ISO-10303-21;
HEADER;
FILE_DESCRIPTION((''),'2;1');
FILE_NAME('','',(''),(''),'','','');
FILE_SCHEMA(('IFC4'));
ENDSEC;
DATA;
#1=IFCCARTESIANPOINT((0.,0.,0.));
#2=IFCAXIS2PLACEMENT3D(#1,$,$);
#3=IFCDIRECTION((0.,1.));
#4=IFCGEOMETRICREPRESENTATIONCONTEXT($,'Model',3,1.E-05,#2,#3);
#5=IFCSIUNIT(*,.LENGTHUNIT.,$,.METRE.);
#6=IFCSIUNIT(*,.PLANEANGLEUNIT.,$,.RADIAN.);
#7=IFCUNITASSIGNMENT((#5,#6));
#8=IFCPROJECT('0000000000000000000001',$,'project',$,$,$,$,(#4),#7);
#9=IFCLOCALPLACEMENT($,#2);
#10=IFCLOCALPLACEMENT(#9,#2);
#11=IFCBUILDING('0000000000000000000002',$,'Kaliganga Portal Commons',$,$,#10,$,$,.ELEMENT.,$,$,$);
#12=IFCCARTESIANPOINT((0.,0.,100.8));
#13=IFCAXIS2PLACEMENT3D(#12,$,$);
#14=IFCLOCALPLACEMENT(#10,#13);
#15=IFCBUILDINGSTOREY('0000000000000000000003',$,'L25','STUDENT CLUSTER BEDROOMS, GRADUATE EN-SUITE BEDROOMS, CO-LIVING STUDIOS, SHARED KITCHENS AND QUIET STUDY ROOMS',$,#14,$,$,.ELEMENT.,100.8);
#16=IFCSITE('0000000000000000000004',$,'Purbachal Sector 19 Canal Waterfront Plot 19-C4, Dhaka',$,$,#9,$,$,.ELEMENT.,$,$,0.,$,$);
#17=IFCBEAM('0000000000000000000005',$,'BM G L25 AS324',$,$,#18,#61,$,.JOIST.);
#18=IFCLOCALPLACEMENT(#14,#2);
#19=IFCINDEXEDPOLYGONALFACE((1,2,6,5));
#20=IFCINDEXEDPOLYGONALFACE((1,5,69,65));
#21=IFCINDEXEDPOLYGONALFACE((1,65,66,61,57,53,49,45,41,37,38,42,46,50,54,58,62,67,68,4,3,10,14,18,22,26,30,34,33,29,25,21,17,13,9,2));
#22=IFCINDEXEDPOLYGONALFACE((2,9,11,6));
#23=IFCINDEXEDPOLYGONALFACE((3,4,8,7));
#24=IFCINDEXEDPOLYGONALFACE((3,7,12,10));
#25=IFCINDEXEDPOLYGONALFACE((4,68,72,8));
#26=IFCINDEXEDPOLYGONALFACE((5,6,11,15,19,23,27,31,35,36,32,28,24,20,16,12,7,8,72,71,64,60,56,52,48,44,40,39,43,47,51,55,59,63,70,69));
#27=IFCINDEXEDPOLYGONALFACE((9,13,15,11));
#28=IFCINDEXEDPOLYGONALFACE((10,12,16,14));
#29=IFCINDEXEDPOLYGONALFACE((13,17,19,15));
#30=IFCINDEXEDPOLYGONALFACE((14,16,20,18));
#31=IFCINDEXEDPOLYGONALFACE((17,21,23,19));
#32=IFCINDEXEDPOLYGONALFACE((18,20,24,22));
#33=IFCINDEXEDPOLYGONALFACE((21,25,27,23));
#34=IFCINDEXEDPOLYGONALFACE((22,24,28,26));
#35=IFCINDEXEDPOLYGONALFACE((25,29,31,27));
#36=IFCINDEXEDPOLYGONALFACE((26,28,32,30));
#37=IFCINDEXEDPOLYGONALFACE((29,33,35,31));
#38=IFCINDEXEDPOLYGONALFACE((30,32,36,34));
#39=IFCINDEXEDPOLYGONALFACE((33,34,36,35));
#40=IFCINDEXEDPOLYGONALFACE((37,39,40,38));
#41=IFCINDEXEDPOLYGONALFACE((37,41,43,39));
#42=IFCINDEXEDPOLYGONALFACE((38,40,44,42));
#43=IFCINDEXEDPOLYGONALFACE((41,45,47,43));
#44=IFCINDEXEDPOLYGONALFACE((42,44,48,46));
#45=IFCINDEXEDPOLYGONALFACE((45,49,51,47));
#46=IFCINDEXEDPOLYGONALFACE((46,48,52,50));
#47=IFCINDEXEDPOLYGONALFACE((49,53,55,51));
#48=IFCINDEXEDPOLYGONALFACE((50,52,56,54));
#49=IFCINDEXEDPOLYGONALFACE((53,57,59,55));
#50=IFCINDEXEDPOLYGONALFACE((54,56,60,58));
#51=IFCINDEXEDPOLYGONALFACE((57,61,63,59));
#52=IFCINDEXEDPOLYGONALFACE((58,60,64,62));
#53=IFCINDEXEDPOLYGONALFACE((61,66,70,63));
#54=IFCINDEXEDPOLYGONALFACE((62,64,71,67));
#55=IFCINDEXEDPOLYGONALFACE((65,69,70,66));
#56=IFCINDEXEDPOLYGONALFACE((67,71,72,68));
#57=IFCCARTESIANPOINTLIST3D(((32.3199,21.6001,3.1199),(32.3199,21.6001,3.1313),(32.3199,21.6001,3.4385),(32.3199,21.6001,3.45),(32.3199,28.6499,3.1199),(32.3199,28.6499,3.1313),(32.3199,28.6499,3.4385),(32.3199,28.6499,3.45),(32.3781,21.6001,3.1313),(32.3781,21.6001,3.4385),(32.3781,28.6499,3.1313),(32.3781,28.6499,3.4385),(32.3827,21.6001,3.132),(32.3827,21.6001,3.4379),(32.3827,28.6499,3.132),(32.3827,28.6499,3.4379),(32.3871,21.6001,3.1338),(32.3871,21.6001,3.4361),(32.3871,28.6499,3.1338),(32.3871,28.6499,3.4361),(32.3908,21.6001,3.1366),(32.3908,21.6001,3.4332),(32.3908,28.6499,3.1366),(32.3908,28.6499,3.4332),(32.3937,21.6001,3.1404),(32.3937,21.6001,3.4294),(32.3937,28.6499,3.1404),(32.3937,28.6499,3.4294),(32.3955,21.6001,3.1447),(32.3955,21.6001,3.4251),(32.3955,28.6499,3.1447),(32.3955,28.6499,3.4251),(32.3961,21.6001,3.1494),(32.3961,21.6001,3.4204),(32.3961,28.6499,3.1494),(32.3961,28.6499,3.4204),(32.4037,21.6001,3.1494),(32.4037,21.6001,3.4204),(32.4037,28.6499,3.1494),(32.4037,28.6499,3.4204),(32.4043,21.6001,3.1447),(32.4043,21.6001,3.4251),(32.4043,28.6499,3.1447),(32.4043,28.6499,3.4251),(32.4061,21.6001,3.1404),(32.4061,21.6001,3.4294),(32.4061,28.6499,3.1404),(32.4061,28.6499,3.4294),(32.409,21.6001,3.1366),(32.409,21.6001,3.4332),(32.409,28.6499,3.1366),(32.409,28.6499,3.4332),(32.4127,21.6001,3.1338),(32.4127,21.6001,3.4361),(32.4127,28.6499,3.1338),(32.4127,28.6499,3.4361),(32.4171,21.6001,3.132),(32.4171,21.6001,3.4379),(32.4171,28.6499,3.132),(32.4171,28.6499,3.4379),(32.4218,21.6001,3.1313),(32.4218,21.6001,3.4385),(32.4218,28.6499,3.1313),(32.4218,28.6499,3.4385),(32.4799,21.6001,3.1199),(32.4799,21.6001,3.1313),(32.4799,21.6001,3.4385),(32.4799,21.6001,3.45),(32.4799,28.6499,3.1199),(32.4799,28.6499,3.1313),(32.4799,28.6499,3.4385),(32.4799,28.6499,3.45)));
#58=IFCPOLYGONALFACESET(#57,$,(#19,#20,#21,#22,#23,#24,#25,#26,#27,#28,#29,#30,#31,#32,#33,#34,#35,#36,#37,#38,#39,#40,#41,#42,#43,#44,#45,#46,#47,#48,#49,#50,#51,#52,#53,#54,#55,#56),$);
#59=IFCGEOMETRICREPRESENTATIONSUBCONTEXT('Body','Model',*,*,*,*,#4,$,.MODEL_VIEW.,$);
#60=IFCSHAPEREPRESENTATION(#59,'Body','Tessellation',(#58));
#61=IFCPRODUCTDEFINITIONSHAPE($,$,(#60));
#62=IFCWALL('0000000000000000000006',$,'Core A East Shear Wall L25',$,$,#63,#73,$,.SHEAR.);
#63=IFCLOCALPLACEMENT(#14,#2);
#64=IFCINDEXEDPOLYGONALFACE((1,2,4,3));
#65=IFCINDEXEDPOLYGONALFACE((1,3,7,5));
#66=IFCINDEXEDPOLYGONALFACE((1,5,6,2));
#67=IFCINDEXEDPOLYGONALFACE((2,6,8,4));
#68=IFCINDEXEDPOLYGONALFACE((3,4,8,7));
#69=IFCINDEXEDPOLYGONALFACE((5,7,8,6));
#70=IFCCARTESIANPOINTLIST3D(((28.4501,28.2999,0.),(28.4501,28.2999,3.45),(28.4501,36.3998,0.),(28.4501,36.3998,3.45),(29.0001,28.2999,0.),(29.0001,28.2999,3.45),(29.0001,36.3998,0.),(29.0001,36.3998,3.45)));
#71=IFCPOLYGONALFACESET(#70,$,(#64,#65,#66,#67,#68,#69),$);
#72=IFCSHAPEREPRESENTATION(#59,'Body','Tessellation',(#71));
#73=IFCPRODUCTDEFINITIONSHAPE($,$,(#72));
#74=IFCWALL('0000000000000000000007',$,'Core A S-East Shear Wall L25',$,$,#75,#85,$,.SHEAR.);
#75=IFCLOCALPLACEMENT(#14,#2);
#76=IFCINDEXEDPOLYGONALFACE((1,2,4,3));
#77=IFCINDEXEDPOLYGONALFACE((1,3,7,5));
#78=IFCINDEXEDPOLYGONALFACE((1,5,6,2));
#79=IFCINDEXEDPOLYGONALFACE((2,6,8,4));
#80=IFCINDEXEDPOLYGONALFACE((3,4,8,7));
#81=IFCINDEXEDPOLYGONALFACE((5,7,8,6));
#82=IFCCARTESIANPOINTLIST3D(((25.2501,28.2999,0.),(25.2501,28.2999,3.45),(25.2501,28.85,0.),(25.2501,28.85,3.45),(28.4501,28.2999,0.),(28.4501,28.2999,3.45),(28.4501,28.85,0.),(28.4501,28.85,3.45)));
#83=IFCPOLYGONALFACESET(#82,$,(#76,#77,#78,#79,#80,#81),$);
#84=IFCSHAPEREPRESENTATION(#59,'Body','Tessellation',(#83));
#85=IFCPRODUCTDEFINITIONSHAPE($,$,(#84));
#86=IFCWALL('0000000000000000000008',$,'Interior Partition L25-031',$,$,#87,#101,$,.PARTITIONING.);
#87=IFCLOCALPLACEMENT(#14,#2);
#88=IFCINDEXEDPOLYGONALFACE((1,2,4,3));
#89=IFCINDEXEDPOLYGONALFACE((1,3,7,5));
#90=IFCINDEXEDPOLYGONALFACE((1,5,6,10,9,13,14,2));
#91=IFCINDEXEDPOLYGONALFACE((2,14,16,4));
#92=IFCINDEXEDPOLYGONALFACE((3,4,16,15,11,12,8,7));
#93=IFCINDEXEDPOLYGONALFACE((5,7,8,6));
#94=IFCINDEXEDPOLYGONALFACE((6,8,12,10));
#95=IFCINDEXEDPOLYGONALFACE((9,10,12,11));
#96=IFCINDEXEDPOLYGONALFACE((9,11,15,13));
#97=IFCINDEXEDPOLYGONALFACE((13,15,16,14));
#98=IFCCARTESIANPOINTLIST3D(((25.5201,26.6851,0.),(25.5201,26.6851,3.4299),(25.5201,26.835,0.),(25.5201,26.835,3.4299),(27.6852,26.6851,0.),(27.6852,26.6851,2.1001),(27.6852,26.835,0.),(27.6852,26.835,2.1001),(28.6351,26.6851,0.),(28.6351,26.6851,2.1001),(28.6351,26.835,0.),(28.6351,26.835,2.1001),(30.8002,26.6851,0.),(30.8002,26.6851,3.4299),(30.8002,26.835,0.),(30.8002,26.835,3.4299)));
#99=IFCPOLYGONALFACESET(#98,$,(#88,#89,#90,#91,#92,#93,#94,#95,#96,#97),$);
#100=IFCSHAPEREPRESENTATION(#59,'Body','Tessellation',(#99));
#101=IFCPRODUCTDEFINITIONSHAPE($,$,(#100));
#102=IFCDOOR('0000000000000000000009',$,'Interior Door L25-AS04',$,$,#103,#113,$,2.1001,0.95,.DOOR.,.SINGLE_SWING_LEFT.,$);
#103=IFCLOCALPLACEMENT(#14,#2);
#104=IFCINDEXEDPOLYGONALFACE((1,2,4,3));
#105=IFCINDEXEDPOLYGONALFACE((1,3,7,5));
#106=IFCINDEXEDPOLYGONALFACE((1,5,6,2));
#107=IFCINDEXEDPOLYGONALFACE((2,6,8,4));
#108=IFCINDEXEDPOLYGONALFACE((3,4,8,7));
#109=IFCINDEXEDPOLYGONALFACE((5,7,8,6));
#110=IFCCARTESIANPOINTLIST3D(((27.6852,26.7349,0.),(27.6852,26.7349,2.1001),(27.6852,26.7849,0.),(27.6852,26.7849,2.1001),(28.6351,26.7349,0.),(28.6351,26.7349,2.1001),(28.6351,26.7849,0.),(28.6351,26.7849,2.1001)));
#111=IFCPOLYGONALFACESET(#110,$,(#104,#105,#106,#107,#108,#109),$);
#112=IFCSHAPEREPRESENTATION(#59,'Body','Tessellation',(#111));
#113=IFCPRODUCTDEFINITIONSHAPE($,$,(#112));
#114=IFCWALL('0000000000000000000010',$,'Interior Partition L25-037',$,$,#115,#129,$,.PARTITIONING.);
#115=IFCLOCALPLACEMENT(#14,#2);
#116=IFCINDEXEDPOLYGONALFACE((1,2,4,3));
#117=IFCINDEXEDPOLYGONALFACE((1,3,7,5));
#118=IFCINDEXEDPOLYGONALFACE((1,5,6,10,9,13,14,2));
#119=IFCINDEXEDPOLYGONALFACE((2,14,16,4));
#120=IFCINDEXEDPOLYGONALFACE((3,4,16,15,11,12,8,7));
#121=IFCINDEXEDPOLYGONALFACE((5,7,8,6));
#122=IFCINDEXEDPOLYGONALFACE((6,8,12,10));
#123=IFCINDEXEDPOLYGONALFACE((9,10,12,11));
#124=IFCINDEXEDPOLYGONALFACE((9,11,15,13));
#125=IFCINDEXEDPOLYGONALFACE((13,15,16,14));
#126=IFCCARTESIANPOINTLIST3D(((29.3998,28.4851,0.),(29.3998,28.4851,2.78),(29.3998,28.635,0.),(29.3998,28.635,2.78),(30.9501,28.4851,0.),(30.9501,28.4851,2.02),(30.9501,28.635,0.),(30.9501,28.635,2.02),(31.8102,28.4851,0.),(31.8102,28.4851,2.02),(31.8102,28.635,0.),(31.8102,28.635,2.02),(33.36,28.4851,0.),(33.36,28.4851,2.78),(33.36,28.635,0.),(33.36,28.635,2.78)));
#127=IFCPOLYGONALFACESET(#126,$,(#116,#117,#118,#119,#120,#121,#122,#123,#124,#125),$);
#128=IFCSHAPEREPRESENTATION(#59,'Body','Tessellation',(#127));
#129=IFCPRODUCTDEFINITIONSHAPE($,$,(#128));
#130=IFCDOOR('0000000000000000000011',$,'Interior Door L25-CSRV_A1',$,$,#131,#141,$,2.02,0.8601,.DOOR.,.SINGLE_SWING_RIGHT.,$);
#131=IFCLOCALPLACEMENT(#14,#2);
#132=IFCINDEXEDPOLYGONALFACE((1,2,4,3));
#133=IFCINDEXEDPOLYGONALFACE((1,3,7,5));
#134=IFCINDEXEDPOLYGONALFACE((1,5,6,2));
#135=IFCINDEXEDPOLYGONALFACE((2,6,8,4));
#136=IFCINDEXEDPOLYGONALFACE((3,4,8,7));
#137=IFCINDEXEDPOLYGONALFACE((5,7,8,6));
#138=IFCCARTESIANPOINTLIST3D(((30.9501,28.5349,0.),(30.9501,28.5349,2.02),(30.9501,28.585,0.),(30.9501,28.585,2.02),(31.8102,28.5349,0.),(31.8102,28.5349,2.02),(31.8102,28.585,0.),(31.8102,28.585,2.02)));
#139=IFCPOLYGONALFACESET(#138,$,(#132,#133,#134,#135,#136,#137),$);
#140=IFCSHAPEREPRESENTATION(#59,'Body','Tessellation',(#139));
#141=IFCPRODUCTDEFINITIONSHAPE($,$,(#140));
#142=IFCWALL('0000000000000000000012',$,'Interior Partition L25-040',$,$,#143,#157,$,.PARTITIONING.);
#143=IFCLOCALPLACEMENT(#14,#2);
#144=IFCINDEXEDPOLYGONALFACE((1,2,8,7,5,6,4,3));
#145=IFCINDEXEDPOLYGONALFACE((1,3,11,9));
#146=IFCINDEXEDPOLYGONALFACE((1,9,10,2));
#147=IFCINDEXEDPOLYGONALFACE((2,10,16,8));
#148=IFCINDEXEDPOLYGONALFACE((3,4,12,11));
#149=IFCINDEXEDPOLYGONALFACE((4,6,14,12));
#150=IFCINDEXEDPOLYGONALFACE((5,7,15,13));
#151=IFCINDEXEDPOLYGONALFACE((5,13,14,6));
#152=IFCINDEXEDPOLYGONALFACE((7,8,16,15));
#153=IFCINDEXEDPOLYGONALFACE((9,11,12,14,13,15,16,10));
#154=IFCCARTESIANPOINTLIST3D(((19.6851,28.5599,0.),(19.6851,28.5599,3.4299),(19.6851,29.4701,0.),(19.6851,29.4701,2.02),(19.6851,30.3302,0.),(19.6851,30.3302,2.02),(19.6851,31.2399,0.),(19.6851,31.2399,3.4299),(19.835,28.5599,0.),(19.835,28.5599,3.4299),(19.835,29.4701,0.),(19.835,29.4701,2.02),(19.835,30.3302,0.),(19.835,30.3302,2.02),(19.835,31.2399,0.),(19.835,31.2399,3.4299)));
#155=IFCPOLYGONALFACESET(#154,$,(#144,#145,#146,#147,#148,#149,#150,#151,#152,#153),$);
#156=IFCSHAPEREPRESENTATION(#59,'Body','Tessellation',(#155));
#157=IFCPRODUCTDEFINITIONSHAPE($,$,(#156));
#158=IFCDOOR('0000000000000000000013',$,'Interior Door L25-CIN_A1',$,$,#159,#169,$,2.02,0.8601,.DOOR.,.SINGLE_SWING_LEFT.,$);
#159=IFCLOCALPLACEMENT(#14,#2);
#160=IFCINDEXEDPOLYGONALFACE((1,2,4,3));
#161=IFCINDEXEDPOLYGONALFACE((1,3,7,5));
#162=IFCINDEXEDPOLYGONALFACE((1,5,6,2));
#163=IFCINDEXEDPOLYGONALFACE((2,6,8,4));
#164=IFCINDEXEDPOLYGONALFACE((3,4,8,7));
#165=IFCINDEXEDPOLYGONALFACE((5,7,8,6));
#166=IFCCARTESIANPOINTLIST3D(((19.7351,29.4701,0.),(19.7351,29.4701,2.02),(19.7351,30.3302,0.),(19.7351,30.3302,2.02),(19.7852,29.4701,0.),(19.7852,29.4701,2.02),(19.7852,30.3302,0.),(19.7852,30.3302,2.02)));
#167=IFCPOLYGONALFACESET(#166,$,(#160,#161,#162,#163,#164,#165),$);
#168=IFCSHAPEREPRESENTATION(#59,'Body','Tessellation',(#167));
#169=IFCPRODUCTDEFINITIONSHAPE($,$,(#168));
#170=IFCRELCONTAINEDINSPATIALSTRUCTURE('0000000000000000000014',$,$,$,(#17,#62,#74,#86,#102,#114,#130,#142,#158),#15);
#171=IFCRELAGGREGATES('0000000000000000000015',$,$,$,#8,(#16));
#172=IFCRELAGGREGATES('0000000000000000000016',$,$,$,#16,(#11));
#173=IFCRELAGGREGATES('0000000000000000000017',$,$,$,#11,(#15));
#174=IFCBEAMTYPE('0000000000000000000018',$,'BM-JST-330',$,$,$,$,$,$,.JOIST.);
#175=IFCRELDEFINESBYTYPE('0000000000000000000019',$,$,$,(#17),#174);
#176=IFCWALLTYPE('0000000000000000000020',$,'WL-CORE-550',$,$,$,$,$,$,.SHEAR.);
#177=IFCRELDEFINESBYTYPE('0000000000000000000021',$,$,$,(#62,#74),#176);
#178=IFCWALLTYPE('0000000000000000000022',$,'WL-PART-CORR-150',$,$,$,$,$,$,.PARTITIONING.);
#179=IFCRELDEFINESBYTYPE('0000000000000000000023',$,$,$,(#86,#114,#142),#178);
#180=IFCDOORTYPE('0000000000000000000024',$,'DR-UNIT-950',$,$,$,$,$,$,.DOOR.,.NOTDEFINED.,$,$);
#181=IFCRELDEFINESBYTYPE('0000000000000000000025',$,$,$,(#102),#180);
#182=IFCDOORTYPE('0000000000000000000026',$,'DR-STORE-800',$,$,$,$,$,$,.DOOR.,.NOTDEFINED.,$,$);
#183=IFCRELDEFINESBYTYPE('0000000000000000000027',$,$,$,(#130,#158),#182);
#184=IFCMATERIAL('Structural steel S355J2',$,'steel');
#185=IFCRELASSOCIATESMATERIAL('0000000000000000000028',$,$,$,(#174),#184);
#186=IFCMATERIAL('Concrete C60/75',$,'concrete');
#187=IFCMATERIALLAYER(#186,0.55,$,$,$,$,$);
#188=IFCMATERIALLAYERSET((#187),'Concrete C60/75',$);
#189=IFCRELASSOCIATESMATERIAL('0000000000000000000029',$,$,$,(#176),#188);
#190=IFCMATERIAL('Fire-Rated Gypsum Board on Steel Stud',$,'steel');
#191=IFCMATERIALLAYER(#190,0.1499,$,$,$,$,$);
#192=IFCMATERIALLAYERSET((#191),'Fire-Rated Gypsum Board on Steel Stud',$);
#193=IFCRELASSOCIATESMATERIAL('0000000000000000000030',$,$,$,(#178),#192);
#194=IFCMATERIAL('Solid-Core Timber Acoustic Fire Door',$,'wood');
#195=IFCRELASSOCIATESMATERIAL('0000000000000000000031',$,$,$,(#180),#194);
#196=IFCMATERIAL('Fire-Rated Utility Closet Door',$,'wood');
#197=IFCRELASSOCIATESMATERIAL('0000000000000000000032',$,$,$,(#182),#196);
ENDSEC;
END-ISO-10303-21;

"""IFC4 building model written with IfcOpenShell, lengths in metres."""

from ifc_helpers import new_model, si_unit, direction, frame, frame_2d, origin, origin_2d, place, context, subcontext, project, spatial, rectangle, i_section, extrude, source, transform, mapped, material, layer, layer_set, material_profile, profile_set, type_object, element, fill, save


model = new_model("IFC4")

# Units and contexts
model_context = context("Model", 3, precision=1e-05, world=origin(), true_north=direction((0.0, 1.0)))
body_context = subcontext(model_context, "Body", "Model", "MODEL_VIEW")
ifc_project = project(units=[si_unit("LENGTHUNIT", "METRE"), si_unit("PLANEANGLEUNIT", "RADIAN")], contexts=[model_context])

# Site, building, storey
site_placement = place(None, origin())
site = spatial("IfcSite", under=ifc_project, at=site_placement, Name="Purbachal Sector 19 Canal Waterfront Plot 19-C4, Dhaka", CompositionType="ELEMENT", RefElevation=0.0)
building_placement = place(site_placement, origin())
building = spatial("IfcBuilding", under=site, at=building_placement, Name="Kaliganga Portal Commons", CompositionType="ELEMENT")
storey_placement = place(building_placement, frame((0.0, 0.0, 100.8)))
storey = spatial("IfcBuildingStorey", under=building, at=storey_placement, Name="L25", Description="STUDENT CLUSTER BEDROOMS, GRADUATE EN-SUITE BEDROOMS, CO-LIVING STUDIOS, SHARED KITCHENS AND QUIET STUDY ROOMS", CompositionType="ELEMENT", Elevation=100.8)

# Shared definitions
ifc_material_1 = material(Name="Concrete C60/75", Category="concrete")

# Beam
ifc_material_2 = material(Name="Structural steel S355J2", Category="steel")
ifc_material_profile_1 = material_profile(ifc_material_2, i_section(OverallWidth=0.1599, OverallDepth=0.3301, WebThickness=0.0076, FlangeThickness=0.0115, FilletRadius=0.0181, at=origin_2d()), Name="IPE 330")
ifc_profile_set_1 = profile_set([ifc_material_profile_1], Name="Structural steel S355J2 wide-flange")
beam_type_1 = type_object("IfcBeamType", Name="BM-JST-330", PredefinedType="JOIST", material=ifc_profile_set_1)
shared_shape_1 = source(origin(), body_context, "Body", "SweptSolid", [
    extrude(i_section(OverallWidth=0.1599, OverallDepth=0.3301, WebThickness=0.0076, FlangeThickness=0.0115, FilletRadius=0.0181, at=origin_2d()), origin(), (0.0, 0.0, 1.0), 7.0498),
])
beam_1_placement = place(storey_placement, frame((32.3999, 21.6001, 3.2849), z_axis=(0.0, 1.0, 0.0), x_axis=(-1.0, 0.0, 0.0)))
element("IfcBeam", 1, at=beam_1_placement, inside=storey, type_object=beam_type_1, Name="BM G L25 AS324", PredefinedType="JOIST", context=body_context, shape_type="MappedRepresentation", body=[
    mapped(shared_shape_1, transform((0.0, 0.0, 0.0), x_axis=(1.0, 0.0, 0.0), y_axis=(0.0, 1.0, 0.0), z_axis=(0.0, 0.0, 1.0), scale=1.0)),
])

# Walls
ifc_layer_1 = layer(ifc_material_1, 0.55)
ifc_layer_set_1 = layer_set([ifc_layer_1], Name="Concrete C60/75")
wall_type_1 = type_object("IfcWallType", Name="WL-CORE-550", PredefinedType="SHEAR", material=ifc_layer_set_1)
wall_1_placement = place(storey_placement, frame((28.7251, 28.3, 0.0), z_axis=(0.0, 0.0, 1.0), x_axis=(0.0, 1.0, 0.0)))
element("IfcWall", 2, at=wall_1_placement, inside=storey, type_object=wall_type_1, Name="Core A East Shear Wall L25", PredefinedType="SHEAR", context=body_context, shape_type="SweptSolid", body=[
    extrude(rectangle(XDim=8.0999, YDim=0.55, at=frame_2d((4.0498, 0.0))), origin(), (0.0, 0.0, 1.0), 3.45),
])
wall_2_placement = place(storey_placement, frame((25.25, 28.575, 0.0), z_axis=(0.0, 0.0, 1.0), x_axis=(1.0, 0.0, 0.0)))
element("IfcWall", 3, at=wall_2_placement, inside=storey, type_object=wall_type_1, Name="Core A S-East Shear Wall L25", PredefinedType="SHEAR", context=body_context, shape_type="SweptSolid", body=[
    extrude(rectangle(XDim=3.2, YDim=0.55, at=frame_2d((1.6001, 0.0))), origin(), (0.0, 0.0, 1.0), 3.45),
])

# Walls, openings, doors
ifc_material_3 = material(Name="Fire-Rated Gypsum Board on Steel Stud", Category="steel")
ifc_layer_2 = layer(ifc_material_3, 0.1499)
ifc_layer_set_2 = layer_set([ifc_layer_2], Name="Fire-Rated Gypsum Board on Steel Stud")
wall_type_2 = type_object("IfcWallType", Name="WL-PART-CORR-150", PredefinedType="PARTITIONING", material=ifc_layer_set_2)
wall_3_placement = place(storey_placement, frame((25.52, 26.76, 0.0), z_axis=(0.0, 0.0, 1.0), x_axis=(1.0, 0.0, 0.0)))
wall_3 = element("IfcWall", 4, at=wall_3_placement, inside=storey, type_object=wall_type_2, Name="Interior Partition L25-031", PredefinedType="PARTITIONING", context=body_context, shape_type="SweptSolid", body=[
    extrude(rectangle(XDim=5.28, YDim=0.1499, at=frame_2d((2.6401, 0.0))), origin(), (0.0, 0.0, 1.0), 3.4299),
])
opening_1_placement = place(wall_3_placement, frame((2.165, 0.0, 0.0)))
opening_1 = element("IfcOpeningElement", 5, at=opening_1_placement, cuts=wall_3, PredefinedType="OPENING", context=body_context, shape_type="SweptSolid", body=[
    extrude(rectangle(XDim=0.95, YDim=2.1001, at=frame_2d((0.4751, 1.05))), frame((0.0, 0.085, 0.0), z_axis=(0.0, -1.0, 0.0), x_axis=(1.0, 0.0, 0.0)), (0.0, 0.0, 1.0), 0.1699),
])
ifc_material_4 = material(Name="Solid-Core Timber Acoustic Fire Door", Category="wood")
door_type_1 = type_object("IfcDoorType", Name="DR-UNIT-950", OperationType="NOTDEFINED", PredefinedType="DOOR", material=ifc_material_4)
door_1_placement = place(opening_1_placement, origin())
door_1 = element("IfcDoor", 6, at=door_1_placement, inside=storey, type_object=door_type_1, Name="Interior Door L25-AS04", OperationType="SINGLE_SWING_LEFT", OverallHeight=2.1001, OverallWidth=0.95, PredefinedType="DOOR", context=body_context, shape_type="SweptSolid", body=[
    extrude(rectangle(XDim=0.95, YDim=2.1001, at=frame_2d((0.4751, 1.05))), frame((0.0, 0.0249, 0.0), z_axis=(0.0, -1.0, 0.0), x_axis=(1.0, 0.0, 0.0)), (0.0, 0.0, 1.0), 0.05),
])
fill(opening_1, door_1)
wall_4_placement = place(storey_placement, frame((29.3999, 28.5601, 0.0), z_axis=(0.0, 0.0, 1.0), x_axis=(1.0, 0.0, 0.0)))
wall_4 = element("IfcWall", 7, at=wall_4_placement, inside=storey, type_object=wall_type_2, Name="Interior Partition L25-037", PredefinedType="PARTITIONING", context=body_context, shape_type="SweptSolid", body=[
    extrude(rectangle(XDim=3.9602, YDim=0.1499, at=frame_2d((1.98, 0.0))), origin(), (0.0, 0.0, 1.0), 2.78),
])
opening_2_placement = place(wall_4_placement, frame((1.55, 0.0, 0.0)))
opening_2 = element("IfcOpeningElement", 8, at=opening_2_placement, cuts=wall_4, PredefinedType="OPENING", context=body_context, shape_type="SweptSolid", body=[
    extrude(rectangle(XDim=0.8601, YDim=2.02, at=frame_2d((0.4302, 1.01))), frame((0.0, 0.085, 0.0), z_axis=(0.0, -1.0, 0.0), x_axis=(1.0, 0.0, 0.0)), (0.0, 0.0, 1.0), 0.1699),
])
ifc_material_5 = material(Name="Fire-Rated Utility Closet Door", Category="wood")
door_type_2 = type_object("IfcDoorType", Name="DR-STORE-800", OperationType="NOTDEFINED", PredefinedType="DOOR", material=ifc_material_5)
door_2_placement = place(opening_2_placement, origin())
door_2 = element("IfcDoor", 9, at=door_2_placement, inside=storey, type_object=door_type_2, Name="Interior Door L25-CSRV_A1", OperationType="SINGLE_SWING_RIGHT", OverallHeight=2.02, OverallWidth=0.8601, PredefinedType="DOOR", context=body_context, shape_type="SweptSolid", body=[
    extrude(rectangle(XDim=0.8601, YDim=2.02, at=frame_2d((0.4302, 1.01))), frame((0.0, 0.0249, 0.0), z_axis=(0.0, -1.0, 0.0), x_axis=(1.0, 0.0, 0.0)), (0.0, 0.0, 1.0), 0.05),
])
fill(opening_2, door_2)
wall_5_placement = place(storey_placement, frame((19.76, 28.5601, 0.0), z_axis=(0.0, 0.0, 1.0), x_axis=(0.0, 1.0, 0.0)))
wall_5 = element("IfcWall", 10, at=wall_5_placement, inside=storey, type_object=wall_type_2, Name="Interior Partition L25-040", PredefinedType="PARTITIONING", context=body_context, shape_type="SweptSolid", body=[
    extrude(rectangle(XDim=2.6799, YDim=0.1499, at=frame_2d((1.3398, 0.0))), origin(), (0.0, 0.0, 1.0), 3.4299),
])
opening_3_placement = place(wall_5_placement, frame((0.9099, 0.0, 0.0)))
opening_3 = element("IfcOpeningElement", 11, at=opening_3_placement, cuts=wall_5, PredefinedType="OPENING", context=body_context, shape_type="SweptSolid", body=[
    extrude(rectangle(XDim=0.8601, YDim=2.02, at=frame_2d((0.4302, 1.01))), frame((0.0, 0.085, 0.0), z_axis=(0.0, -1.0, 0.0), x_axis=(1.0, 0.0, 0.0)), (0.0, 0.0, 1.0), 0.1699),
])
door_3_placement = place(opening_3_placement, origin())
door_3 = element("IfcDoor", 12, at=door_3_placement, inside=storey, type_object=door_type_2, Name="Interior Door L25-CIN_A1", OperationType="SINGLE_SWING_LEFT", OverallHeight=2.02, OverallWidth=0.8601, PredefinedType="DOOR", context=body_context, shape_type="SweptSolid", body=[
    extrude(rectangle(XDim=0.8601, YDim=2.02, at=frame_2d((0.4302, 1.01))), frame((0.0, 0.0249, 0.0), z_axis=(0.0, -1.0, 0.0), x_axis=(1.0, 0.0, 0.0)), (0.0, 0.0, 1.0), 0.05),
])
fill(opening_3, door_3)

save(model, "model.ifc")
